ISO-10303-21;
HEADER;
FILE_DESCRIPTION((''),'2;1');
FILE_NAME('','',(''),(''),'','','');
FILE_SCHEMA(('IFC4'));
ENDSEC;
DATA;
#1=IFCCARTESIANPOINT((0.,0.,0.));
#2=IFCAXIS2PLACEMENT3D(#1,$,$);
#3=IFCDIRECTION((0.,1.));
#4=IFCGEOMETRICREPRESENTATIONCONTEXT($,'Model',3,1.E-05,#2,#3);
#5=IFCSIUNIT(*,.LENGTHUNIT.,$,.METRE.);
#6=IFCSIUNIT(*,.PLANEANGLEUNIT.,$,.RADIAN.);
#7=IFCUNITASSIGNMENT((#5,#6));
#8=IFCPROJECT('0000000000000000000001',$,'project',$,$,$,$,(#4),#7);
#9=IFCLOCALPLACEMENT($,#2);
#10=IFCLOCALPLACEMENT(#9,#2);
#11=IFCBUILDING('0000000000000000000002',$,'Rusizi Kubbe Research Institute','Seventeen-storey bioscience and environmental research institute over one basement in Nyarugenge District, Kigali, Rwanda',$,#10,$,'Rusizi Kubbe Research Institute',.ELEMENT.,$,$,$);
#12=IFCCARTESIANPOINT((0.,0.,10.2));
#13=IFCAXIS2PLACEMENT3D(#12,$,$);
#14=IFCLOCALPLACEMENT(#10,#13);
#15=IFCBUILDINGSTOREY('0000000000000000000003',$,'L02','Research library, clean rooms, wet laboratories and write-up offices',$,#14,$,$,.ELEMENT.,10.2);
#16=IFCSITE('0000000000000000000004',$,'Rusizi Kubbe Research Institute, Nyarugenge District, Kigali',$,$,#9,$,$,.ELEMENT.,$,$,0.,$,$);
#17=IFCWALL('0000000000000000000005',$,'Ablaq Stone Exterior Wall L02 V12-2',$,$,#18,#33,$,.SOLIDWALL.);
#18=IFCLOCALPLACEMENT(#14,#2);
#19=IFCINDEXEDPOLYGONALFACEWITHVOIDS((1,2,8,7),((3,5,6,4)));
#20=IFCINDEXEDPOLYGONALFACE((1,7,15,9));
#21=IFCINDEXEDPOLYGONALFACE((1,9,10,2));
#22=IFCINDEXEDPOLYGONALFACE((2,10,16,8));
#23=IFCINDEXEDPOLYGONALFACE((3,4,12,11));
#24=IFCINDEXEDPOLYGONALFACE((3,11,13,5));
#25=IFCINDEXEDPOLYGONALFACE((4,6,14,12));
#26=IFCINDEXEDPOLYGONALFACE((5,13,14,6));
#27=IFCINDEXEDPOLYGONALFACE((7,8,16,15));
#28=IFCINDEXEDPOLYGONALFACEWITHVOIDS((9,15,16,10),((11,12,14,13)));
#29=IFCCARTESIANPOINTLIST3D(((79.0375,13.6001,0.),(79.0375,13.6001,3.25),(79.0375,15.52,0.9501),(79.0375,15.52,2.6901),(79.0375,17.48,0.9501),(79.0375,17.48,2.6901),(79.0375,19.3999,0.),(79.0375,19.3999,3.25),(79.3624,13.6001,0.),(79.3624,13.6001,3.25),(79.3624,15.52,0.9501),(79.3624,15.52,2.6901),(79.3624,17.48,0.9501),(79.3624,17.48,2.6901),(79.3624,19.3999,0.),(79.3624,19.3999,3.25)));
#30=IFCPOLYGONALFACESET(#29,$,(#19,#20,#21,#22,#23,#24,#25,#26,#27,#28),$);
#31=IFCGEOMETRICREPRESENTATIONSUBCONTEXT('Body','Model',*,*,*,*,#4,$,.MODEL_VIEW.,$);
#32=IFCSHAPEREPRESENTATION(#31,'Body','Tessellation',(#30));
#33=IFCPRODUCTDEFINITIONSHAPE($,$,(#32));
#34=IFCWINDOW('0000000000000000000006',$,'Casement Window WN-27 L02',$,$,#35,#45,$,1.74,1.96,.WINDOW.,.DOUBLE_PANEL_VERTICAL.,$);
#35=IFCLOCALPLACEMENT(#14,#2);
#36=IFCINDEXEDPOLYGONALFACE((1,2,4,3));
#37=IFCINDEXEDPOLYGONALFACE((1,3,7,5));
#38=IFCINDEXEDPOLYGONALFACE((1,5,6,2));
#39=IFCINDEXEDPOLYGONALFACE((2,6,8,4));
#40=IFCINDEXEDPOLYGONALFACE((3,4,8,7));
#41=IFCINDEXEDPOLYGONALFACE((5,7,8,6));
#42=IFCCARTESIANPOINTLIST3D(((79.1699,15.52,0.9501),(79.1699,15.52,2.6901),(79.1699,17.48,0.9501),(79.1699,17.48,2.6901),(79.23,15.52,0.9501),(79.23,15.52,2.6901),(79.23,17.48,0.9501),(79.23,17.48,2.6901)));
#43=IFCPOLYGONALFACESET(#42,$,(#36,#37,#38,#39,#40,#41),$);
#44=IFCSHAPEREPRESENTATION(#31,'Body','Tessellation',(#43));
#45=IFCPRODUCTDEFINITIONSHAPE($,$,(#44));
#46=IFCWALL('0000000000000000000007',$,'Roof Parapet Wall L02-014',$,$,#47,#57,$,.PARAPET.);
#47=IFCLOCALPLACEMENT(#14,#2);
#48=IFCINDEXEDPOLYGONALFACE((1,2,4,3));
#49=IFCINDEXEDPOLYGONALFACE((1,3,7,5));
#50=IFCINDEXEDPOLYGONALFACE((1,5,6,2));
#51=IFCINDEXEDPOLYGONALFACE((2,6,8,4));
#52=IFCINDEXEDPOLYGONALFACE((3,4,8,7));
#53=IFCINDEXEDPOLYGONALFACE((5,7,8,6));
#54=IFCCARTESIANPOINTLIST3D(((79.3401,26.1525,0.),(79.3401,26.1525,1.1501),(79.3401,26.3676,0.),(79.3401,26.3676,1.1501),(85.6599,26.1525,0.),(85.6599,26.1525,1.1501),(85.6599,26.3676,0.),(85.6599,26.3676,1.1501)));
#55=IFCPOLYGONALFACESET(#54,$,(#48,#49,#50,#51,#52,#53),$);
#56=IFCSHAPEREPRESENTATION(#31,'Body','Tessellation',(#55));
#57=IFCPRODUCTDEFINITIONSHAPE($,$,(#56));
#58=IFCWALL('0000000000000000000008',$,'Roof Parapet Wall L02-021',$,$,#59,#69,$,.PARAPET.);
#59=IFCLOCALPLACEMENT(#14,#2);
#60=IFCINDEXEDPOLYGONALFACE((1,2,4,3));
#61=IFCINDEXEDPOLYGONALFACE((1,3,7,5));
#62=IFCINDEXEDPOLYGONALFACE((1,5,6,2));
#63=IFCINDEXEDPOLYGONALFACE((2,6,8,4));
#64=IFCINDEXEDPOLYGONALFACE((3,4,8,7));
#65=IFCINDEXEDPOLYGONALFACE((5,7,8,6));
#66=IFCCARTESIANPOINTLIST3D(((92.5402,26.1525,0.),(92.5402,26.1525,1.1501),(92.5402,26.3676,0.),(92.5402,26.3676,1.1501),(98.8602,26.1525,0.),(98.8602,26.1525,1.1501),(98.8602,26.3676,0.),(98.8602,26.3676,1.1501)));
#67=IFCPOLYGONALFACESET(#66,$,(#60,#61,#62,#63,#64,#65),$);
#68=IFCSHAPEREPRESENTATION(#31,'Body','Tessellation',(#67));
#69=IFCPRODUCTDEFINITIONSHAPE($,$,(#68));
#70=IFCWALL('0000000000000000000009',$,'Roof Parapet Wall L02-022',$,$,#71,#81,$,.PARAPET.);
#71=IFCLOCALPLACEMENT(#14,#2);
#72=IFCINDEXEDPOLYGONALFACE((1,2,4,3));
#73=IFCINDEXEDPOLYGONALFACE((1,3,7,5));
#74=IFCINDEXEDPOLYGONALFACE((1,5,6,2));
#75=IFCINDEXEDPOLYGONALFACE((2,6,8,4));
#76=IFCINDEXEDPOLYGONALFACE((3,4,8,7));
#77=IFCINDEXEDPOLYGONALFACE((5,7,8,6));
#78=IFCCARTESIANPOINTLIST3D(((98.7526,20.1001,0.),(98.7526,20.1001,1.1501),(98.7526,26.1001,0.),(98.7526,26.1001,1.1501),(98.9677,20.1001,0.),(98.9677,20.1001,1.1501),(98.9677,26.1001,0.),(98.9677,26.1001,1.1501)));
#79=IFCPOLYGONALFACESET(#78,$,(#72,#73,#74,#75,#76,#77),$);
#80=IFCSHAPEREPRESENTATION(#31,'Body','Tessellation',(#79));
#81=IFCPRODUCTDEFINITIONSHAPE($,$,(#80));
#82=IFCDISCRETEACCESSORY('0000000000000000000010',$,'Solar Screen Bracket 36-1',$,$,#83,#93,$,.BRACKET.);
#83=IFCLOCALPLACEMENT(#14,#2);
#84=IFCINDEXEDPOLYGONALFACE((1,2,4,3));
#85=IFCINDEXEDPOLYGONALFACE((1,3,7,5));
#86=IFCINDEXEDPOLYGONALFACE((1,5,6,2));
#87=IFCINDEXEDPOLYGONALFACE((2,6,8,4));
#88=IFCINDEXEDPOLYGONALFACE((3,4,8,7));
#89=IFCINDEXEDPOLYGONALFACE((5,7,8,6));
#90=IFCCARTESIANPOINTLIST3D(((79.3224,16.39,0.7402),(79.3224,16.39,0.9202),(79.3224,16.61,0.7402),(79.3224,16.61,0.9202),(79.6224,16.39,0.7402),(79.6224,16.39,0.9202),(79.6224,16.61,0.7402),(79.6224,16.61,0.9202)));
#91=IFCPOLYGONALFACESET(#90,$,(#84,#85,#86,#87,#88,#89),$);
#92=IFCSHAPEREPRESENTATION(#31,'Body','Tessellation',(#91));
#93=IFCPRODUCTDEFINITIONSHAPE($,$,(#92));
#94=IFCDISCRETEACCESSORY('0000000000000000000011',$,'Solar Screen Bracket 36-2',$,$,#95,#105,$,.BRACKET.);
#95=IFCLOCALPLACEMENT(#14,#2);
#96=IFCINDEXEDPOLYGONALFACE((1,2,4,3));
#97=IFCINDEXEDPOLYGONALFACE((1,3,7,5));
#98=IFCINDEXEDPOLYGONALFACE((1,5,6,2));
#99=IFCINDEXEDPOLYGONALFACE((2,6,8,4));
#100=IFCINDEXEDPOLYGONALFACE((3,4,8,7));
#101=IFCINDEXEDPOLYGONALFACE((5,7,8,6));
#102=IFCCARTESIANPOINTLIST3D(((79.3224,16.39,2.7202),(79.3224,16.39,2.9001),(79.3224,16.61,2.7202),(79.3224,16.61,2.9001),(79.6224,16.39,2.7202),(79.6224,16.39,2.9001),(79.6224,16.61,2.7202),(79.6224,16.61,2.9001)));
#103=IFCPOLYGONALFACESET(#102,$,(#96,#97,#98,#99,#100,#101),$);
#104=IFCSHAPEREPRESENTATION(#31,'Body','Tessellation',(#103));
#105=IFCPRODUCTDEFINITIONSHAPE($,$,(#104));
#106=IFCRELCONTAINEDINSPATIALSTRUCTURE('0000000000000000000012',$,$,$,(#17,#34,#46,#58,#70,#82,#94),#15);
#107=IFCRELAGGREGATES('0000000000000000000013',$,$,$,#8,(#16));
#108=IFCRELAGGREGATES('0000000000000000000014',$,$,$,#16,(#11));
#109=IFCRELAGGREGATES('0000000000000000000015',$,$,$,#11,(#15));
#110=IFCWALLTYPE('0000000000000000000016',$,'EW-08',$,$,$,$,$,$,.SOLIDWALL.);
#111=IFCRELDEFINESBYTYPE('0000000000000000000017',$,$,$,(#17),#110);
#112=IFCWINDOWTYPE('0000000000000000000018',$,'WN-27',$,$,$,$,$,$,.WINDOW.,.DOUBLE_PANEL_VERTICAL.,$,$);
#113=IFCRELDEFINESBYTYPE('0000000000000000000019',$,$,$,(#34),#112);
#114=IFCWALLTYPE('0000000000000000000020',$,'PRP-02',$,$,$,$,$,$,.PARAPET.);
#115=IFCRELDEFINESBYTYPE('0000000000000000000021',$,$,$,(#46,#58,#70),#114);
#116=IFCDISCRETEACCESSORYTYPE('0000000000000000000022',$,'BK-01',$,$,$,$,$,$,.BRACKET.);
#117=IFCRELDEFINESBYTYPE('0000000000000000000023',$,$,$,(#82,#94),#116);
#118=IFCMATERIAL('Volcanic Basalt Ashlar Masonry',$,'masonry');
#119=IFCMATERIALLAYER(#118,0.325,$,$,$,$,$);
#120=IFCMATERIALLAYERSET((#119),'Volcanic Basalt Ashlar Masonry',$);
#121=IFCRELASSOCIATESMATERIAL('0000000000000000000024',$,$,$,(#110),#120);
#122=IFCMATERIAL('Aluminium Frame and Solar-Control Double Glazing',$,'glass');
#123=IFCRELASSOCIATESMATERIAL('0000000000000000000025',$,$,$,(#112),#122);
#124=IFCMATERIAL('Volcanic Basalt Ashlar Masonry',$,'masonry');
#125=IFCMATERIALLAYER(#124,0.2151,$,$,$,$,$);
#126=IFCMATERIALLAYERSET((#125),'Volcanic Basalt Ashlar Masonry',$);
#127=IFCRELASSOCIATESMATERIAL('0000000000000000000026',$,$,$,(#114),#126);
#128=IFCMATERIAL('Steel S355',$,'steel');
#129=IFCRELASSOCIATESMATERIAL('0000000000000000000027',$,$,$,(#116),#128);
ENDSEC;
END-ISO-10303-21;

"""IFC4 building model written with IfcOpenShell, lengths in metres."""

from ifc_helpers import new_model, si_unit, direction, frame, frame_2d, origin, origin_2d, place, context, subcontext, project, spatial, rectangle, extrude, material, layer, layer_set, type_object, element, fill, save


model = new_model("IFC4")

# Units and contexts
model_context = context("Model", 3, precision=1e-05, world=origin(), true_north=direction((0.0, 1.0)))
body_context = subcontext(model_context, "Body", "Model", "MODEL_VIEW")
ifc_project = project(units=[si_unit("LENGTHUNIT", "METRE"), si_unit("PLANEANGLEUNIT", "RADIAN")], contexts=[model_context])

# Site, building, storey
site_placement = place(None, origin())
site = spatial("IfcSite", under=ifc_project, at=site_placement, Name="Rusizi Kubbe Research Institute, Nyarugenge District, Kigali", CompositionType="ELEMENT", RefElevation=0.0)
building_placement = place(site_placement, origin())
building = spatial("IfcBuilding", under=site, at=building_placement, Name="Rusizi Kubbe Research Institute", Description="Seventeen-storey bioscience and environmental research institute over one basement in Nyarugenge District, Kigali, Rwanda", LongName="Rusizi Kubbe Research Institute", CompositionType="ELEMENT")
storey_placement = place(building_placement, frame((0.0, 0.0, 10.2)))
storey = spatial("IfcBuildingStorey", under=building, at=storey_placement, Name="L02", Description="Research library, clean rooms, wet laboratories and write-up offices", CompositionType="ELEMENT", Elevation=10.2)

# Wall, opening, window
ifc_material_1 = material(Name="Volcanic Basalt Ashlar Masonry", Category="masonry")
ifc_layer_1 = layer(ifc_material_1, 0.325)
ifc_layer_set_1 = layer_set([ifc_layer_1], Name="Volcanic Basalt Ashlar Masonry")
wall_type_1 = type_object("IfcWallType", Name="EW-08", PredefinedType="SOLIDWALL", material=ifc_layer_set_1)
wall_1_placement = place(storey_placement, frame((79.2, 13.6001, 0.0), z_axis=(0.0, 0.0, 1.0), x_axis=(0.0, 1.0, 0.0)))
wall_1 = element("IfcWall", 1, at=wall_1_placement, inside=storey, type_object=wall_type_1, Name="Ablaq Stone Exterior Wall L02 V12-2", PredefinedType="SOLIDWALL", context=body_context, shape_type="SweptSolid", body=[
    extrude(rectangle(XDim=5.7998, YDim=0.325, at=frame_2d((2.8999, 0.0))), origin(), (0.0, 0.0, 1.0), 3.25),
])
opening_placement = place(wall_1_placement, frame((1.9199, 0.0, 0.95)))
opening = element("IfcOpeningElement", 2, at=opening_placement, cuts=wall_1, PredefinedType="OPENING", context=body_context, shape_type="SweptSolid", body=[
    extrude(rectangle(XDim=1.96, YDim=1.74, at=frame_2d((0.98, 0.8701))), frame((0.0, 0.1724, 0.0), z_axis=(0.0, -1.0, 0.0), x_axis=(1.0, 0.0, 0.0)), (0.0, 0.0, 1.0), 0.345),
])
ifc_material_2 = material(Name="Aluminium Frame and Solar-Control Double Glazing", Category="glass")
window_type = type_object("IfcWindowType", Name="WN-27", PartitioningType="DOUBLE_PANEL_VERTICAL", PredefinedType="WINDOW", material=ifc_material_2)
window_placement = place(opening_placement, origin())
window = element("IfcWindow", 3, at=window_placement, inside=storey, type_object=window_type, Name="Casement Window WN-27 L02", OverallHeight=1.74, OverallWidth=1.96, PartitioningType="DOUBLE_PANEL_VERTICAL", PredefinedType="WINDOW", context=body_context, shape_type="SweptSolid", body=[
    extrude(rectangle(XDim=1.96, YDim=1.74, at=frame_2d((0.98, 0.8701))), frame((0.0, 0.03, 0.0), z_axis=(0.0, -1.0, 0.0), x_axis=(1.0, 0.0, 0.0)), (0.0, 0.0, 1.0), 0.0601),
])
fill(opening, window)

# Walls
ifc_material_3 = material(Name="Volcanic Basalt Ashlar Masonry", Category="masonry")
ifc_layer_2 = layer(ifc_material_3, 0.2151)
ifc_layer_set_2 = layer_set([ifc_layer_2], Name="Volcanic Basalt Ashlar Masonry")
wall_type_2 = type_object("IfcWallType", Name="PRP-02", PredefinedType="PARAPET", material=ifc_layer_set_2)
wall_2_placement = place(storey_placement, frame((79.3401, 26.26, 0.0), z_axis=(0.0, 0.0, 1.0), x_axis=(1.0, 0.0, 0.0)))
element("IfcWall", 4, at=wall_2_placement, inside=storey, type_object=wall_type_2, Name="Roof Parapet Wall L02-014", PredefinedType="PARAPET", context=body_context, shape_type="SweptSolid", body=[
    extrude(rectangle(XDim=6.3198, YDim=0.2151, at=frame_2d((3.1599, 0.0))), origin(), (0.0, 0.0, 1.0), 1.1501),
])
for number, where, z_axis, x_axis, name in (
    (5, (92.54, 26.26, 0.0), (0.0, 0.0, 1.0), (1.0, 0.0, 0.0), "Roof Parapet Wall L02-021"),
):
    element("IfcWall", number, at=place(storey_placement, frame(where, z_axis=z_axis, x_axis=x_axis)), inside=storey, type_object=wall_type_2, Name=name, PredefinedType="PARAPET", context=body_context, shape_type="SweptSolid", body=[
        extrude(rectangle(XDim=6.3201, YDim=0.2151, at=frame_2d((3.1602, 0.0))), origin(), (0.0, 0.0, 1.0), 1.1501),
    ])
wall_3_placement = place(storey_placement, frame((98.8601, 20.1001, 0.0), z_axis=(0.0, 0.0, 1.0), x_axis=(0.0, 1.0, 0.0)))
element("IfcWall", 6, at=wall_3_placement, inside=storey, type_object=wall_type_2, Name="Roof Parapet Wall L02-022", PredefinedType="PARAPET", context=body_context, shape_type="SweptSolid", body=[
    extrude(rectangle(XDim=6.0, YDim=0.2151, at=frame_2d((3.0, 0.0))), origin(), (0.0, 0.0, 1.0), 1.1501),
])

# Discrete accessories
ifc_material_4 = material(Name="Steel S355", Category="steel")
discrete_accessory_type = type_object("IfcDiscreteAccessoryType", Name="BK-01", PredefinedType="BRACKET", material=ifc_material_4)
for number, where, z_axis, x_axis, name in (
    (7, (79.4724, 16.5, 0.7402), (0.0, 0.0, 1.0), (1.0, 0.0, 0.0), "Solar Screen Bracket 36-1"),
    (8, (79.4724, 16.5, 2.7202), (0.0, 0.0, 1.0), (1.0, 0.0, 0.0), "Solar Screen Bracket 36-2"),
):
    element("IfcDiscreteAccessory", number, at=place(storey_placement, frame(where, z_axis=z_axis, x_axis=x_axis)), inside=storey, type_object=discrete_accessory_type, Name=name, PredefinedType="BRACKET", context=body_context, shape_type="SweptSolid", body=[
        extrude(rectangle(XDim=0.3, YDim=0.22, at=origin_2d()), origin(), (0.0, 0.0, 1.0), 0.1799),
    ])

save(model, "model.ifc")
